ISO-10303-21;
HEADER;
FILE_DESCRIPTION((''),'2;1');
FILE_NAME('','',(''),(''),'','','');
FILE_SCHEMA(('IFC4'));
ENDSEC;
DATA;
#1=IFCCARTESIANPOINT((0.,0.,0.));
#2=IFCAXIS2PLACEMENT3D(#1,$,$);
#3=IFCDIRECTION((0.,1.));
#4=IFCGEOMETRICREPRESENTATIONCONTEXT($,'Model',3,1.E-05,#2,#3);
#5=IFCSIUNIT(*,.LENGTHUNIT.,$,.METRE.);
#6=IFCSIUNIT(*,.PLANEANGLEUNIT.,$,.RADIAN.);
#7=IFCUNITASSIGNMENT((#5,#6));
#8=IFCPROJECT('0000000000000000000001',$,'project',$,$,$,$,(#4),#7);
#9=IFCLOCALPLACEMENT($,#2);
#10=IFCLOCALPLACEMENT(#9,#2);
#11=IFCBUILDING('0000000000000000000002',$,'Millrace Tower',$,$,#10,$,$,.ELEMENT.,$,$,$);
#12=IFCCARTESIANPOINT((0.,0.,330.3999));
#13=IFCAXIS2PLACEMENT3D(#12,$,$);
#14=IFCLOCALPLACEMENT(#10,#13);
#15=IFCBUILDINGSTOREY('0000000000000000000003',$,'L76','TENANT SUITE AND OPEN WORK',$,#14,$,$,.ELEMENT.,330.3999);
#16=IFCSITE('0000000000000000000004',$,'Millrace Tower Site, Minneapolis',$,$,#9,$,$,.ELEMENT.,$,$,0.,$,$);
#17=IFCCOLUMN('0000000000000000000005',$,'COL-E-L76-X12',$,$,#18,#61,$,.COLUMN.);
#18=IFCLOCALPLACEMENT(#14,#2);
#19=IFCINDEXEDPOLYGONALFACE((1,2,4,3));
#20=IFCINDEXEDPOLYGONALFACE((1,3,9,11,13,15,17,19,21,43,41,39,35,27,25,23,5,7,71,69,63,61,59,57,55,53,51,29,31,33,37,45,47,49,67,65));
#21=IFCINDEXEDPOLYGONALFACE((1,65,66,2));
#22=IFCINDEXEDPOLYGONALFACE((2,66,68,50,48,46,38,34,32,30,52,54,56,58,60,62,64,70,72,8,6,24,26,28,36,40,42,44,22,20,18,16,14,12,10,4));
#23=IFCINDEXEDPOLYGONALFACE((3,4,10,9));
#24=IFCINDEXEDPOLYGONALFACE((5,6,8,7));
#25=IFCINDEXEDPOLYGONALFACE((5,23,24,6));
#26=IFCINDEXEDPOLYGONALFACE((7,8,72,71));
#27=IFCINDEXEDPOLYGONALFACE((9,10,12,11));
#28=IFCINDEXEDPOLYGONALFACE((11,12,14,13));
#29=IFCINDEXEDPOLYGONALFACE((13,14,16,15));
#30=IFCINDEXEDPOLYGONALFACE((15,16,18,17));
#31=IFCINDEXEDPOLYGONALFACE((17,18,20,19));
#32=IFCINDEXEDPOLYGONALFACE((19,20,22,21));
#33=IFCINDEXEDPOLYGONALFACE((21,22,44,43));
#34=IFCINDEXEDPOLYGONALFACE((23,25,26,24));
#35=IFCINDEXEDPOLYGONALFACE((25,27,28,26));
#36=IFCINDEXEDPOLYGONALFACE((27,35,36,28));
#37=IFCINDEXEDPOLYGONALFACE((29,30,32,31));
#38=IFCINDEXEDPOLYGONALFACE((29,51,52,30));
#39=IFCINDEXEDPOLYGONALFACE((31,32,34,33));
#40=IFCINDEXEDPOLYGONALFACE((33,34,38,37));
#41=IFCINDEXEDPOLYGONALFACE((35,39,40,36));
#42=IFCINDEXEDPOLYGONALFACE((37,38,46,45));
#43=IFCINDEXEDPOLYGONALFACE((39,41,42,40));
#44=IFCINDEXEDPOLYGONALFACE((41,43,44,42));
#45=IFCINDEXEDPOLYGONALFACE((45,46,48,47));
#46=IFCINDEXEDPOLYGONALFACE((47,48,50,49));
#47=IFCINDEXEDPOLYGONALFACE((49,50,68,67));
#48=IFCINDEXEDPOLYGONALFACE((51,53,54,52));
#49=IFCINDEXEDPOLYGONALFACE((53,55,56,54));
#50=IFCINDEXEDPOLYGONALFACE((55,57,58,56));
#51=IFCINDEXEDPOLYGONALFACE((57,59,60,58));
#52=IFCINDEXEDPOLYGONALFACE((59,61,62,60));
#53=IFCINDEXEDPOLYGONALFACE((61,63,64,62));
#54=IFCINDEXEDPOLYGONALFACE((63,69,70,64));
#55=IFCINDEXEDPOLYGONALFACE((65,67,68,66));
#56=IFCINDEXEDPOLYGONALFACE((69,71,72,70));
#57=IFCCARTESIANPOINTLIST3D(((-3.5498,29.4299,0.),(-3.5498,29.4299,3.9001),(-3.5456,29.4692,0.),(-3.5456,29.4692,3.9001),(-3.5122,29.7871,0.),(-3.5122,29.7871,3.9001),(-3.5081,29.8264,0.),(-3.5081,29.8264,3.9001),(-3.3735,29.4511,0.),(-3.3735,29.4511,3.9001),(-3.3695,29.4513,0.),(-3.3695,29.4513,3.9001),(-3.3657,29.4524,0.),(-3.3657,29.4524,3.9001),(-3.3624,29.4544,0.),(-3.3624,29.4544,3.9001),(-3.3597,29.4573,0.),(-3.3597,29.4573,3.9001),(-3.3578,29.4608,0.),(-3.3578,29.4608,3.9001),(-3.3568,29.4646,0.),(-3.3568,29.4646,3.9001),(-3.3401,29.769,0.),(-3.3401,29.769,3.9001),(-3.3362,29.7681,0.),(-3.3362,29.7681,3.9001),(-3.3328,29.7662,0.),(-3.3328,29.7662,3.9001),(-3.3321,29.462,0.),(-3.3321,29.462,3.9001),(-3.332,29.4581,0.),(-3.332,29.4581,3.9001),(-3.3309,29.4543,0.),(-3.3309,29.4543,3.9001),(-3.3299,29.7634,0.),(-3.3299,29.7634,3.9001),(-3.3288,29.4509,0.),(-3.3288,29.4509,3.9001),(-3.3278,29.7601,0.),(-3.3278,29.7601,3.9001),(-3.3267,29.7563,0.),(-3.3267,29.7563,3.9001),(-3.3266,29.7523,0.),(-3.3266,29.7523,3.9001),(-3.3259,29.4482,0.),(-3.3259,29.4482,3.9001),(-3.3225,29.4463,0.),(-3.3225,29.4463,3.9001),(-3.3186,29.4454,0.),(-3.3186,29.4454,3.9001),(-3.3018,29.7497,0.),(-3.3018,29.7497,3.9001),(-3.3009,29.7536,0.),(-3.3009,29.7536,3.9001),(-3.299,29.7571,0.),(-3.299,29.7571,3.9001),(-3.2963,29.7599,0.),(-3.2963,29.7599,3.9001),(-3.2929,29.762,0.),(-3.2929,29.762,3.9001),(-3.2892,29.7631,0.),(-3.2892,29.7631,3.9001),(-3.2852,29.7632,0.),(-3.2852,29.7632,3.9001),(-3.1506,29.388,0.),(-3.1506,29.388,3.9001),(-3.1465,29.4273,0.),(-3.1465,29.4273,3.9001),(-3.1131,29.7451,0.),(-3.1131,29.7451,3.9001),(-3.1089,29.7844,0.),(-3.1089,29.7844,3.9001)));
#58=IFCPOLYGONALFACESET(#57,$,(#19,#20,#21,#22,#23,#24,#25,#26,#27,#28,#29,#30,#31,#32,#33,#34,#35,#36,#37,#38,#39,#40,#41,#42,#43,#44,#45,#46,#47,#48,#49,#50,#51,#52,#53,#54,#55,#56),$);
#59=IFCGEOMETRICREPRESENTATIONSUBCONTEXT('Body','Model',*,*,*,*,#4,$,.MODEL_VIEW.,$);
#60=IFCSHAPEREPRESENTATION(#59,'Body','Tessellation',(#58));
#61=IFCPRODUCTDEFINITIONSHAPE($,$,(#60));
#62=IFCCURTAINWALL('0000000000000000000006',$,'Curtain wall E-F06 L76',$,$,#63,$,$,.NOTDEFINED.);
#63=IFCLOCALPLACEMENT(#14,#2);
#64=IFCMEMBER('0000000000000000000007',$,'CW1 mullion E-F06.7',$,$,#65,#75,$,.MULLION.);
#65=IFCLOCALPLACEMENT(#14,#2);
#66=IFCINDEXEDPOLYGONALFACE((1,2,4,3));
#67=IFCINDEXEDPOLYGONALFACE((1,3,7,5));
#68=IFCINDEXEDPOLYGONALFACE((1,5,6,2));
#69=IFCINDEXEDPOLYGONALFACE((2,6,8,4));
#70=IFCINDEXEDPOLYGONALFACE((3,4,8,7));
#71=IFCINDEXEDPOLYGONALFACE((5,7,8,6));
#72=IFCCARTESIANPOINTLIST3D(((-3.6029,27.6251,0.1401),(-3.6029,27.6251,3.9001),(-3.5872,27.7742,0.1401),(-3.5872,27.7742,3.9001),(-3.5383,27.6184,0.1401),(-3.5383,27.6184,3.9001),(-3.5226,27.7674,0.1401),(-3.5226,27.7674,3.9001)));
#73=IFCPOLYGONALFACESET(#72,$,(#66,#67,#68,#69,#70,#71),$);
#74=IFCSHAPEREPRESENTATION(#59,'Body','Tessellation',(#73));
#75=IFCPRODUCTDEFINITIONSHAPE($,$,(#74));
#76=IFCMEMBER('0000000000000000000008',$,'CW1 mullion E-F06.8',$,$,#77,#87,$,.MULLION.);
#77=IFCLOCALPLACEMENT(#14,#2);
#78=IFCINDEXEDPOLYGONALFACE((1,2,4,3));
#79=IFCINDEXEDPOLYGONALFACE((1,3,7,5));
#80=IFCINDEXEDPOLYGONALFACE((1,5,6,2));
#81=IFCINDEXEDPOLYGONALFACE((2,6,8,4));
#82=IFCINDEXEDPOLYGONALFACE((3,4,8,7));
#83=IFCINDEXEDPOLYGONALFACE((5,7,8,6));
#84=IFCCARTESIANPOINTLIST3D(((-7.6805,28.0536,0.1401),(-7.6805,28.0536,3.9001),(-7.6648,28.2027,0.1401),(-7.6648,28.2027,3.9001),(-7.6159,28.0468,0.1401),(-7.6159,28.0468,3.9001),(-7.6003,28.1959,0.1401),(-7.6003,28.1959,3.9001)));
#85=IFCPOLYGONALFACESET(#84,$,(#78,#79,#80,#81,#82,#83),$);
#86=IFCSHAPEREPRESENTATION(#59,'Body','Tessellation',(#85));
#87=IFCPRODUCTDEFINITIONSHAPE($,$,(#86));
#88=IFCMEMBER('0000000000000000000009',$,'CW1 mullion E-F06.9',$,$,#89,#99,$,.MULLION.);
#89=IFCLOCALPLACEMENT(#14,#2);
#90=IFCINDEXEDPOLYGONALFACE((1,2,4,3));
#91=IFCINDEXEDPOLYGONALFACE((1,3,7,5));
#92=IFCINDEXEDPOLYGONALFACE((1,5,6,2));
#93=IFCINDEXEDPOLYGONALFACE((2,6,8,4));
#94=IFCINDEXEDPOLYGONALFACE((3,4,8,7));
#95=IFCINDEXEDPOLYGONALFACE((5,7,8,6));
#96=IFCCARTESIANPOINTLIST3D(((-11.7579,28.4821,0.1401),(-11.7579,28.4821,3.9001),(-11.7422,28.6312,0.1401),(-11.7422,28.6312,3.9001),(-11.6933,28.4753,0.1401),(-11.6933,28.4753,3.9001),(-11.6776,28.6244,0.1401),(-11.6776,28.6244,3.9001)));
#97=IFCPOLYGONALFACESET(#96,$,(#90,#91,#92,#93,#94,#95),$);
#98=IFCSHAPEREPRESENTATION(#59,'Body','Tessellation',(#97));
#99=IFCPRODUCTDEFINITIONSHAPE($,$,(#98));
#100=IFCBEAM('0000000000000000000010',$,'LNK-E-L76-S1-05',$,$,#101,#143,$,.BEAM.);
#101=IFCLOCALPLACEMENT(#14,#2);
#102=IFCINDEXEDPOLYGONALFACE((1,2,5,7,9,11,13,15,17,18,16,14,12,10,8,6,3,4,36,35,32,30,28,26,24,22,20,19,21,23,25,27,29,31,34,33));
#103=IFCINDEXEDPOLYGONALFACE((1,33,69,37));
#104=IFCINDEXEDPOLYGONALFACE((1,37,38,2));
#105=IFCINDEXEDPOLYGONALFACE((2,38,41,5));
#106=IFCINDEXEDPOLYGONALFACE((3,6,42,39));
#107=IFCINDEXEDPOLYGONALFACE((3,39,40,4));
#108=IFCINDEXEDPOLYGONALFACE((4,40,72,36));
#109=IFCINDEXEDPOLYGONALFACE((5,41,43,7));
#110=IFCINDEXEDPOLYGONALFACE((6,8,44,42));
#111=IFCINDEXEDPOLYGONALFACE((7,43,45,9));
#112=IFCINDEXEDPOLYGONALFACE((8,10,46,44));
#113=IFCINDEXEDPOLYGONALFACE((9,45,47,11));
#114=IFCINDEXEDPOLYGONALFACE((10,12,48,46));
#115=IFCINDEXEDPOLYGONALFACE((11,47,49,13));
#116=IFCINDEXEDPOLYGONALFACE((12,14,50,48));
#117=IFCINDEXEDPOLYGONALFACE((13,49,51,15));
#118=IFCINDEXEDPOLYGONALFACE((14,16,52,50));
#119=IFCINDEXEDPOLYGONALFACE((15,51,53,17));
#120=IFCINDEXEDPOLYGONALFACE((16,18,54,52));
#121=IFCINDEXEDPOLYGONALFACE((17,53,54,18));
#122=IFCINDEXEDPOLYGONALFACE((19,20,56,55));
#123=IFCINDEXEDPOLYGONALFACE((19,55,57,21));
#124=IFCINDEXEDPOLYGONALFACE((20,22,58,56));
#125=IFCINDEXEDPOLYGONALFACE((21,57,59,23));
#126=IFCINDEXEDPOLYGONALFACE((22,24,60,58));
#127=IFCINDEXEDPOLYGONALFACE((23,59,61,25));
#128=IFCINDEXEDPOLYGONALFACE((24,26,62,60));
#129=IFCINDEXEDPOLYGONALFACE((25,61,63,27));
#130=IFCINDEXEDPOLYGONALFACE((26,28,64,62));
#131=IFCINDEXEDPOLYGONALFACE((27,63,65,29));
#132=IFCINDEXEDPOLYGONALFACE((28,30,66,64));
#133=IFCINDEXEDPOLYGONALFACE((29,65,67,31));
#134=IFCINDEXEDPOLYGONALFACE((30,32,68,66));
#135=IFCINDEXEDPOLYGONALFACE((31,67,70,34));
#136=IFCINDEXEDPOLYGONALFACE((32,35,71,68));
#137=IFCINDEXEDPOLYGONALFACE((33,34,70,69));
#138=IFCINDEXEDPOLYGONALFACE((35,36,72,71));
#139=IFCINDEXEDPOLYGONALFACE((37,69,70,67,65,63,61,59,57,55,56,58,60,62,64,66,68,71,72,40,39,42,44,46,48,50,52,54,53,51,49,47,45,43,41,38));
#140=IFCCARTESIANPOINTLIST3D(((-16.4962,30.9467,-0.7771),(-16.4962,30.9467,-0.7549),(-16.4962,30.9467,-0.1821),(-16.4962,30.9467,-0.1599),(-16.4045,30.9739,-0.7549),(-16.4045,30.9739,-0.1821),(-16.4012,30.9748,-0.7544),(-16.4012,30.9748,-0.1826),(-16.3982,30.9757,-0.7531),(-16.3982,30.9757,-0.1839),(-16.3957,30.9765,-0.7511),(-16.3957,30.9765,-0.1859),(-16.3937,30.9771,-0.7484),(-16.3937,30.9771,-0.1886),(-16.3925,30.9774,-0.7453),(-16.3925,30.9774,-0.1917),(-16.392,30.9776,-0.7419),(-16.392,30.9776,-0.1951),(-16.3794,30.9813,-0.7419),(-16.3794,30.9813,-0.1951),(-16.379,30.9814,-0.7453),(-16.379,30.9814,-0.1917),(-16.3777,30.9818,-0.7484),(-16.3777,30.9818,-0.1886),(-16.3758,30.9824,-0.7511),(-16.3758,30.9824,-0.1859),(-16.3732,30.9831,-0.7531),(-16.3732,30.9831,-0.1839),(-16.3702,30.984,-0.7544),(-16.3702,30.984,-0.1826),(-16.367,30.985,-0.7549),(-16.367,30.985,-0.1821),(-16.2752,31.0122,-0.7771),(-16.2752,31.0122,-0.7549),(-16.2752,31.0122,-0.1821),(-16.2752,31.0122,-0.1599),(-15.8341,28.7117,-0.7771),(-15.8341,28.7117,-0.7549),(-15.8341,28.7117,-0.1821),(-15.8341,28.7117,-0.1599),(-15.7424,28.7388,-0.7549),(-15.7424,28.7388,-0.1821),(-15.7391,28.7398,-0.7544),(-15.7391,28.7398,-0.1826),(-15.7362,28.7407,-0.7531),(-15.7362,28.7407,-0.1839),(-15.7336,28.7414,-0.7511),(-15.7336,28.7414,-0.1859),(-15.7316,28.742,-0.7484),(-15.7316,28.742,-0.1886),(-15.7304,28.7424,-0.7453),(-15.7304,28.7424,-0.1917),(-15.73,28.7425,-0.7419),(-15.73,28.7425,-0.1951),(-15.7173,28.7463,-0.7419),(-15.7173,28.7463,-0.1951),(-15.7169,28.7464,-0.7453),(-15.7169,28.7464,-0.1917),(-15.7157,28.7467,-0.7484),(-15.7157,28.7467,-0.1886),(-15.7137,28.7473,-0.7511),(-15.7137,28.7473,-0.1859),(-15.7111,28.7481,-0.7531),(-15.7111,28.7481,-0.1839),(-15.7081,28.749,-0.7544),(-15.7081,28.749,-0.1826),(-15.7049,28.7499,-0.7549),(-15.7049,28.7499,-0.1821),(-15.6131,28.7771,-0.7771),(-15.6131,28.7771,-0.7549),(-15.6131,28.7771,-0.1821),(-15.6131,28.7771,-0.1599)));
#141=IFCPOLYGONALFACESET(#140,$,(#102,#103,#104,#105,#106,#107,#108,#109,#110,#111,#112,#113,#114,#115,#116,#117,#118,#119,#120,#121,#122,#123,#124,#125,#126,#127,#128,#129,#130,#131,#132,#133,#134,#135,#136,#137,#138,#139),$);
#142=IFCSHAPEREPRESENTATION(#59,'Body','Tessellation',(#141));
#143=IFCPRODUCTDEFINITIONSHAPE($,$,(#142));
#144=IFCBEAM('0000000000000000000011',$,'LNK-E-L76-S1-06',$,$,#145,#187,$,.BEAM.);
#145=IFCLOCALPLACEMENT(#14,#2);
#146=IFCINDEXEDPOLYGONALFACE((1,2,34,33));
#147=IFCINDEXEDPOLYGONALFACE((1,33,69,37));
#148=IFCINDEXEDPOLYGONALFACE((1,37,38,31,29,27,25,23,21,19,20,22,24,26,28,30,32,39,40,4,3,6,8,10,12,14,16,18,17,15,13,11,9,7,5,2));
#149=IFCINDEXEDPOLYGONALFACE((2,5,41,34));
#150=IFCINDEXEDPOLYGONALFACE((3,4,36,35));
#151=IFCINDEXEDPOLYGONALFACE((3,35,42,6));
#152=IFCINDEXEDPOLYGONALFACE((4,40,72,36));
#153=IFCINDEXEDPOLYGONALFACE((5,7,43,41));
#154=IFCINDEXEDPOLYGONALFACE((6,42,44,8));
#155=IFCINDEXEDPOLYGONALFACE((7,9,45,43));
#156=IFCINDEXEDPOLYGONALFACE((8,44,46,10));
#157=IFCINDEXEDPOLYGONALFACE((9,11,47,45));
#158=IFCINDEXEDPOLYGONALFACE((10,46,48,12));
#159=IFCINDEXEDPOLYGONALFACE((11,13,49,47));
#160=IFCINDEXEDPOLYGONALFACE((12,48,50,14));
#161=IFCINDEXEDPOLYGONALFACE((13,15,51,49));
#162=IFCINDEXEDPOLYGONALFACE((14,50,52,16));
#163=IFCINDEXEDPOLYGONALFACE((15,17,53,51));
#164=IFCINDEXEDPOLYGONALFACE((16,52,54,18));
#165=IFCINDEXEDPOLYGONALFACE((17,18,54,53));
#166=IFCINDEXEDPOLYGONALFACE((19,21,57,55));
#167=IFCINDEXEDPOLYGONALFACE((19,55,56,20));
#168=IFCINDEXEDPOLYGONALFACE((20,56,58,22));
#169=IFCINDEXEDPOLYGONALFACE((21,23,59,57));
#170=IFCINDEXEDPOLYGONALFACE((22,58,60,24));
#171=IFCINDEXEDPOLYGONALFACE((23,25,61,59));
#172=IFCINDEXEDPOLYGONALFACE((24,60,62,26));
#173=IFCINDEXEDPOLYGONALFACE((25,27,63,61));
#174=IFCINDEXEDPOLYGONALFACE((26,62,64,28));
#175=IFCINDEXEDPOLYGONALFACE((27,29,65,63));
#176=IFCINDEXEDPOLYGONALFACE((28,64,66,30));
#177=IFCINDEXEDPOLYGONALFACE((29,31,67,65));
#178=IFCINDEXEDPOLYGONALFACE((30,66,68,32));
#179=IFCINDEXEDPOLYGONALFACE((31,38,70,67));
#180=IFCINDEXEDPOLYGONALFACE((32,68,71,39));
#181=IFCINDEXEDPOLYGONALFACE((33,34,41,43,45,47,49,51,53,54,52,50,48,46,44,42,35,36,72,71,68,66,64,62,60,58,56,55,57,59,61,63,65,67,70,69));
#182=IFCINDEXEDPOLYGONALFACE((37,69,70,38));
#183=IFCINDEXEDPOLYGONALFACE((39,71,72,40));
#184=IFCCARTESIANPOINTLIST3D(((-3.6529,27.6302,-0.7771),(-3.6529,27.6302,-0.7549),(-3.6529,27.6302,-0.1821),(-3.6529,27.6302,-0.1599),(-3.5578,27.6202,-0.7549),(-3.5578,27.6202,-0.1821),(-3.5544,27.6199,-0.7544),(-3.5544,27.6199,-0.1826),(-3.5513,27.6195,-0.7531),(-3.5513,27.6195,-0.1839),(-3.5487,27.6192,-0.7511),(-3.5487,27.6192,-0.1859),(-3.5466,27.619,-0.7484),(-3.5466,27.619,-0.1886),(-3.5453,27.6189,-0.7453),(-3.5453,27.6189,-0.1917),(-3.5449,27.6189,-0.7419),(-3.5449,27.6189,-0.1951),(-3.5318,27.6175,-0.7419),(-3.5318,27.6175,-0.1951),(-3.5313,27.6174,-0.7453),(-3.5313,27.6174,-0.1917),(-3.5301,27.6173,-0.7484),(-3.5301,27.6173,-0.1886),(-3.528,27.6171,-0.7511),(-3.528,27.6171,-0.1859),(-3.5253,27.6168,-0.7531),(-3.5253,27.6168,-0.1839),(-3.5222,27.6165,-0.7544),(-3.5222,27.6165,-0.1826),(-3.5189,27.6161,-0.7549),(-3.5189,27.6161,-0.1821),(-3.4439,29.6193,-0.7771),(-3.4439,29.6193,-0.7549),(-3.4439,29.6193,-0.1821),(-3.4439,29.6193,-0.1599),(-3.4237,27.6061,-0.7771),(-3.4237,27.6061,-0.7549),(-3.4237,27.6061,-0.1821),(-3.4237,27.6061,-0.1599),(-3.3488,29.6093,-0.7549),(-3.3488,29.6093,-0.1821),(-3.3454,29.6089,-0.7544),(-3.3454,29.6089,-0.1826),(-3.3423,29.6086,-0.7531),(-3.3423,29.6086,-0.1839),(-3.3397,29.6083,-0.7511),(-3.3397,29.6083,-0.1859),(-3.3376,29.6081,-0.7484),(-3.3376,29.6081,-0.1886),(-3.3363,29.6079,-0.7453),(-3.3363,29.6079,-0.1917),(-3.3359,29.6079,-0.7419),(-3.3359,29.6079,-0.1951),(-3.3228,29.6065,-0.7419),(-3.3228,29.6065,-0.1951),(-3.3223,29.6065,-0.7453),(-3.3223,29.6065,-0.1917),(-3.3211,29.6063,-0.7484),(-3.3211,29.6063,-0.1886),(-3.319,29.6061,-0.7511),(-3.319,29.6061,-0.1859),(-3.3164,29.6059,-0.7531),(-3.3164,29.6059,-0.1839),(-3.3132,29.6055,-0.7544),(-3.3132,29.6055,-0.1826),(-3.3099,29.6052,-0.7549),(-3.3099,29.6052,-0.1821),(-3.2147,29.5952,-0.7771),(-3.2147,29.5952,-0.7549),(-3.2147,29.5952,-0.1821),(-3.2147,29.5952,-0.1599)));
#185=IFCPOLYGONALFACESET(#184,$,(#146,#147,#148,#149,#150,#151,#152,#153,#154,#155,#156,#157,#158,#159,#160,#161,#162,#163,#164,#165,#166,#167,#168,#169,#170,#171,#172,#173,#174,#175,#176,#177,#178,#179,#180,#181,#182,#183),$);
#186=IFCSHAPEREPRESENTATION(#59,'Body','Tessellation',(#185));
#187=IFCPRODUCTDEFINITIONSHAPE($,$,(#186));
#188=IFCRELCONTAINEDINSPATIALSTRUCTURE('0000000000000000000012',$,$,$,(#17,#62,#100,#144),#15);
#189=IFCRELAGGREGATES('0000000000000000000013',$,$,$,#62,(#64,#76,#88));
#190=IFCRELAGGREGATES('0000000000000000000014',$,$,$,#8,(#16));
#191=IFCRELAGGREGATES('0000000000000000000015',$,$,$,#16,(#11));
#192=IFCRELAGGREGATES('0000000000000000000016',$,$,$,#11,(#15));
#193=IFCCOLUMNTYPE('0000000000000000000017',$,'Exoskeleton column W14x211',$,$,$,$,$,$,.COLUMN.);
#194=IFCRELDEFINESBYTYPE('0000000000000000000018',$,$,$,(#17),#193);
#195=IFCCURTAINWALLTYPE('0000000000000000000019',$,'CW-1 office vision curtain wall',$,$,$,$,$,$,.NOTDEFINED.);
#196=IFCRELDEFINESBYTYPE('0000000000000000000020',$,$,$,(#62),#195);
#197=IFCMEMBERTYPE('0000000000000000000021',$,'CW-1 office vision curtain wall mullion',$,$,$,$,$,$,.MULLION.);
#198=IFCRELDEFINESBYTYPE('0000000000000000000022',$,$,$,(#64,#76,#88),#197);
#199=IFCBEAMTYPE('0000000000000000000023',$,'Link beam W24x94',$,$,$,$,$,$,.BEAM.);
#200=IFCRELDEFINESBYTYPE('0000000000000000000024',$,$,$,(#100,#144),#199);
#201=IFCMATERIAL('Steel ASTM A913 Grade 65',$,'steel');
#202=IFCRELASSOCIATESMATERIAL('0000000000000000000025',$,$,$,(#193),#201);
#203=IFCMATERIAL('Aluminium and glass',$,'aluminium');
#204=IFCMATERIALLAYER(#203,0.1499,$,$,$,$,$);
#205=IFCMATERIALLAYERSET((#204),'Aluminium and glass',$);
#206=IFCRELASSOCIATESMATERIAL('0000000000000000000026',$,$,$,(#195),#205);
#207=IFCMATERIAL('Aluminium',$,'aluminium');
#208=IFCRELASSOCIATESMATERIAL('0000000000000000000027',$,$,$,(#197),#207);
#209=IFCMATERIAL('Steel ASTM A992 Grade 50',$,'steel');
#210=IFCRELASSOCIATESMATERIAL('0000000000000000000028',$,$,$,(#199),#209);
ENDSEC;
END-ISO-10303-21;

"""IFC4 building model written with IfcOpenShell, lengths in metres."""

from ifc_helpers import new_model, si_unit, direction, frame, origin, origin_2d, place, context, subcontext, project, spatial, rectangle, i_section, extrude, material, layer, layer_set, material_profile, profile_set, type_object, element, aggregate, save


model = new_model("IFC4")

# Units and contexts
model_context = context("Model", 3, precision=1e-05, world=origin(), true_north=direction((0.0, 1.0)))
body_context = subcontext(model_context, "Body", "Model", "MODEL_VIEW")
ifc_project = project(units=[si_unit("LENGTHUNIT", "METRE"), si_unit("PLANEANGLEUNIT", "RADIAN")], contexts=[model_context])

# Site, building, storey
site_placement = place(None, origin())
site = spatial("IfcSite", under=ifc_project, at=site_placement, Name="Millrace Tower Site, Minneapolis", CompositionType="ELEMENT", RefElevation=0.0)
building_placement = place(site_placement, origin())
building = spatial("IfcBuilding", under=site, at=building_placement, Name="Millrace Tower", CompositionType="ELEMENT")
storey_placement = place(building_placement, frame((0.0, 0.0, 330.3999)))
storey = spatial("IfcBuildingStorey", under=building, at=storey_placement, Name="L76", Description="TENANT SUITE AND OPEN WORK", CompositionType="ELEMENT", Elevation=330.3999)

# Column
ifc_material_1 = material(Name="Steel ASTM A913 Grade 65", Category="steel")
ifc_material_profile_1 = material_profile(ifc_material_1, i_section(OverallWidth=0.4014, OverallDepth=0.3987, WebThickness=0.0249, FlangeThickness=0.0396, FilletRadius=0.0151, at=origin_2d()))
ifc_profile_set_1 = profile_set([ifc_material_profile_1], Name="Steel ASTM A913 Grade 65")
column_type = type_object("IfcColumnType", Name="Exoskeleton column W14x211", PredefinedType="COLUMN", material=ifc_profile_set_1)
column_placement = place(storey_placement, frame((-3.3293, 29.6072, 0.0), z_axis=(0.0, 0.0, 1.0), x_axis=(-0.994522, 0.104528, 0.0)))
element("IfcColumn", 1, at=column_placement, inside=storey, type_object=column_type, Name="COL-E-L76-X12", PredefinedType="COLUMN", context=body_context, shape_type="SweptSolid", body=[
    extrude(i_section(OverallWidth=0.4014, OverallDepth=0.3987, WebThickness=0.0249, FlangeThickness=0.0396, FilletRadius=0.0151, at=origin_2d()), origin(), (0.0, 0.0, 1.0), 3.9001),
])

# Curtain wall, members
ifc_material_2 = material(Name="Aluminium and glass", Category="aluminium")
ifc_layer_1 = layer(ifc_material_2, 0.1499)
ifc_layer_set_1 = layer_set([ifc_layer_1], Name="Aluminium and glass")
curtain_wall_type = type_object("IfcCurtainWallType", Name="CW-1 office vision curtain wall", PredefinedType="NOTDEFINED", material=ifc_layer_set_1)
curtain_wall_placement = place(storey_placement, origin())
curtain_wall = element("IfcCurtainWall", 2, at=curtain_wall_placement, inside=storey, type_object=curtain_wall_type, Name="Curtain wall E-F06 L76", PredefinedType="NOTDEFINED")
ifc_material_3 = material(Name="Aluminium", Category="aluminium")
ifc_material_profile_2 = material_profile(ifc_material_3, rectangle(XDim=0.0649, YDim=0.1499, at=origin_2d()))
ifc_profile_set_2 = profile_set([ifc_material_profile_2], Name="Aluminium")
member_type = type_object("IfcMemberType", Name="CW-1 office vision curtain wall mullion", PredefinedType="MULLION", material=ifc_profile_set_2)
member_1_placement = place(storey_placement, frame((-3.5627, 27.6963, 0.1401), z_axis=(0.0, 0.0, 1.0), x_axis=(-0.994522, 0.104528, 0.0)))
member_1 = element("IfcMember", 3, at=member_1_placement, type_object=member_type, Name="CW1 mullion E-F06.7", PredefinedType="MULLION", context=body_context, shape_type="SweptSolid", body=[
    extrude(rectangle(XDim=0.0649, YDim=0.1499, at=origin_2d()), origin(), (0.0, 0.0, 1.0), 3.76),
])
member_2_placement = place(storey_placement, frame((-7.6404, 28.1248, 0.1401), z_axis=(0.0, 0.0, 1.0), x_axis=(-0.994522, 0.104528, 0.0)))
member_2 = element("IfcMember", 4, at=member_2_placement, type_object=member_type, Name="CW1 mullion E-F06.8", PredefinedType="MULLION", context=body_context, shape_type="SweptSolid", body=[
    extrude(rectangle(XDim=0.0649, YDim=0.1499, at=origin_2d()), origin(), (0.0, 0.0, 1.0), 3.76),
])
member_3_placement = place(storey_placement, frame((-11.7178, 28.5532, 0.1401), z_axis=(0.0, 0.0, 1.0), x_axis=(-0.994522, 0.104528, 0.0)))
member_3 = element("IfcMember", 5, at=member_3_placement, type_object=member_type, Name="CW1 mullion E-F06.9", PredefinedType="MULLION", context=body_context, shape_type="SweptSolid", body=[
    extrude(rectangle(XDim=0.0649, YDim=0.1499, at=origin_2d()), origin(), (0.0, 0.0, 1.0), 3.76),
])
aggregate(curtain_wall, [member_1, member_2, member_3])

# Beams
ifc_material_4 = material(Name="Steel ASTM A992 Grade 50", Category="steel")
ifc_material_profile_3 = material_profile(ifc_material_4, i_section(OverallWidth=0.2305, OverallDepth=0.6172, WebThickness=0.0132, FlangeThickness=0.0222, FilletRadius=0.0129, at=origin_2d()))
ifc_profile_set_3 = profile_set([ifc_material_profile_3], Name="Steel ASTM A992 Grade 50")
beam_type_1 = type_object("IfcBeamType", Name="Link beam W24x94", PredefinedType="BEAM", material=ifc_profile_set_3)
beam_1_placement = place(storey_placement, frame((-15.7236, 28.7444, -0.4685), z_axis=(-0.284031, 0.958815, 0.0), x_axis=(-0.958815, -0.284031, 0.0)))
element("IfcBeam", 6, at=beam_1_placement, inside=storey, type_object=beam_type_1, Name="LNK-E-L76-S1-05", PredefinedType="BEAM", context=body_context, shape_type="SweptSolid", body=[
    extrude(i_section(OverallWidth=0.2305, OverallDepth=0.6172, WebThickness=0.0132, FlangeThickness=0.0222, FilletRadius=0.0129, at=origin_2d()), origin(), (0.0, 0.0, 1.0), 2.3311),
])
beam_2_placement = place(storey_placement, frame((-3.5383, 27.6182, -0.4685), z_axis=(0.104494, 0.994526, 0.0), x_axis=(-0.994526, 0.104494, 0.0)))
element("IfcBeam", 7, at=beam_2_placement, inside=storey, type_object=beam_type_1, Name="LNK-E-L76-S1-06", PredefinedType="BEAM", context=body_context, shape_type="SweptSolid", body=[
    extrude(i_section(OverallWidth=0.2305, OverallDepth=0.6172, WebThickness=0.0132, FlangeThickness=0.0222, FilletRadius=0.0129, at=origin_2d()), origin(), (0.0, 0.0, 1.0), 2.0),
])

save(model, "model.ifc")
